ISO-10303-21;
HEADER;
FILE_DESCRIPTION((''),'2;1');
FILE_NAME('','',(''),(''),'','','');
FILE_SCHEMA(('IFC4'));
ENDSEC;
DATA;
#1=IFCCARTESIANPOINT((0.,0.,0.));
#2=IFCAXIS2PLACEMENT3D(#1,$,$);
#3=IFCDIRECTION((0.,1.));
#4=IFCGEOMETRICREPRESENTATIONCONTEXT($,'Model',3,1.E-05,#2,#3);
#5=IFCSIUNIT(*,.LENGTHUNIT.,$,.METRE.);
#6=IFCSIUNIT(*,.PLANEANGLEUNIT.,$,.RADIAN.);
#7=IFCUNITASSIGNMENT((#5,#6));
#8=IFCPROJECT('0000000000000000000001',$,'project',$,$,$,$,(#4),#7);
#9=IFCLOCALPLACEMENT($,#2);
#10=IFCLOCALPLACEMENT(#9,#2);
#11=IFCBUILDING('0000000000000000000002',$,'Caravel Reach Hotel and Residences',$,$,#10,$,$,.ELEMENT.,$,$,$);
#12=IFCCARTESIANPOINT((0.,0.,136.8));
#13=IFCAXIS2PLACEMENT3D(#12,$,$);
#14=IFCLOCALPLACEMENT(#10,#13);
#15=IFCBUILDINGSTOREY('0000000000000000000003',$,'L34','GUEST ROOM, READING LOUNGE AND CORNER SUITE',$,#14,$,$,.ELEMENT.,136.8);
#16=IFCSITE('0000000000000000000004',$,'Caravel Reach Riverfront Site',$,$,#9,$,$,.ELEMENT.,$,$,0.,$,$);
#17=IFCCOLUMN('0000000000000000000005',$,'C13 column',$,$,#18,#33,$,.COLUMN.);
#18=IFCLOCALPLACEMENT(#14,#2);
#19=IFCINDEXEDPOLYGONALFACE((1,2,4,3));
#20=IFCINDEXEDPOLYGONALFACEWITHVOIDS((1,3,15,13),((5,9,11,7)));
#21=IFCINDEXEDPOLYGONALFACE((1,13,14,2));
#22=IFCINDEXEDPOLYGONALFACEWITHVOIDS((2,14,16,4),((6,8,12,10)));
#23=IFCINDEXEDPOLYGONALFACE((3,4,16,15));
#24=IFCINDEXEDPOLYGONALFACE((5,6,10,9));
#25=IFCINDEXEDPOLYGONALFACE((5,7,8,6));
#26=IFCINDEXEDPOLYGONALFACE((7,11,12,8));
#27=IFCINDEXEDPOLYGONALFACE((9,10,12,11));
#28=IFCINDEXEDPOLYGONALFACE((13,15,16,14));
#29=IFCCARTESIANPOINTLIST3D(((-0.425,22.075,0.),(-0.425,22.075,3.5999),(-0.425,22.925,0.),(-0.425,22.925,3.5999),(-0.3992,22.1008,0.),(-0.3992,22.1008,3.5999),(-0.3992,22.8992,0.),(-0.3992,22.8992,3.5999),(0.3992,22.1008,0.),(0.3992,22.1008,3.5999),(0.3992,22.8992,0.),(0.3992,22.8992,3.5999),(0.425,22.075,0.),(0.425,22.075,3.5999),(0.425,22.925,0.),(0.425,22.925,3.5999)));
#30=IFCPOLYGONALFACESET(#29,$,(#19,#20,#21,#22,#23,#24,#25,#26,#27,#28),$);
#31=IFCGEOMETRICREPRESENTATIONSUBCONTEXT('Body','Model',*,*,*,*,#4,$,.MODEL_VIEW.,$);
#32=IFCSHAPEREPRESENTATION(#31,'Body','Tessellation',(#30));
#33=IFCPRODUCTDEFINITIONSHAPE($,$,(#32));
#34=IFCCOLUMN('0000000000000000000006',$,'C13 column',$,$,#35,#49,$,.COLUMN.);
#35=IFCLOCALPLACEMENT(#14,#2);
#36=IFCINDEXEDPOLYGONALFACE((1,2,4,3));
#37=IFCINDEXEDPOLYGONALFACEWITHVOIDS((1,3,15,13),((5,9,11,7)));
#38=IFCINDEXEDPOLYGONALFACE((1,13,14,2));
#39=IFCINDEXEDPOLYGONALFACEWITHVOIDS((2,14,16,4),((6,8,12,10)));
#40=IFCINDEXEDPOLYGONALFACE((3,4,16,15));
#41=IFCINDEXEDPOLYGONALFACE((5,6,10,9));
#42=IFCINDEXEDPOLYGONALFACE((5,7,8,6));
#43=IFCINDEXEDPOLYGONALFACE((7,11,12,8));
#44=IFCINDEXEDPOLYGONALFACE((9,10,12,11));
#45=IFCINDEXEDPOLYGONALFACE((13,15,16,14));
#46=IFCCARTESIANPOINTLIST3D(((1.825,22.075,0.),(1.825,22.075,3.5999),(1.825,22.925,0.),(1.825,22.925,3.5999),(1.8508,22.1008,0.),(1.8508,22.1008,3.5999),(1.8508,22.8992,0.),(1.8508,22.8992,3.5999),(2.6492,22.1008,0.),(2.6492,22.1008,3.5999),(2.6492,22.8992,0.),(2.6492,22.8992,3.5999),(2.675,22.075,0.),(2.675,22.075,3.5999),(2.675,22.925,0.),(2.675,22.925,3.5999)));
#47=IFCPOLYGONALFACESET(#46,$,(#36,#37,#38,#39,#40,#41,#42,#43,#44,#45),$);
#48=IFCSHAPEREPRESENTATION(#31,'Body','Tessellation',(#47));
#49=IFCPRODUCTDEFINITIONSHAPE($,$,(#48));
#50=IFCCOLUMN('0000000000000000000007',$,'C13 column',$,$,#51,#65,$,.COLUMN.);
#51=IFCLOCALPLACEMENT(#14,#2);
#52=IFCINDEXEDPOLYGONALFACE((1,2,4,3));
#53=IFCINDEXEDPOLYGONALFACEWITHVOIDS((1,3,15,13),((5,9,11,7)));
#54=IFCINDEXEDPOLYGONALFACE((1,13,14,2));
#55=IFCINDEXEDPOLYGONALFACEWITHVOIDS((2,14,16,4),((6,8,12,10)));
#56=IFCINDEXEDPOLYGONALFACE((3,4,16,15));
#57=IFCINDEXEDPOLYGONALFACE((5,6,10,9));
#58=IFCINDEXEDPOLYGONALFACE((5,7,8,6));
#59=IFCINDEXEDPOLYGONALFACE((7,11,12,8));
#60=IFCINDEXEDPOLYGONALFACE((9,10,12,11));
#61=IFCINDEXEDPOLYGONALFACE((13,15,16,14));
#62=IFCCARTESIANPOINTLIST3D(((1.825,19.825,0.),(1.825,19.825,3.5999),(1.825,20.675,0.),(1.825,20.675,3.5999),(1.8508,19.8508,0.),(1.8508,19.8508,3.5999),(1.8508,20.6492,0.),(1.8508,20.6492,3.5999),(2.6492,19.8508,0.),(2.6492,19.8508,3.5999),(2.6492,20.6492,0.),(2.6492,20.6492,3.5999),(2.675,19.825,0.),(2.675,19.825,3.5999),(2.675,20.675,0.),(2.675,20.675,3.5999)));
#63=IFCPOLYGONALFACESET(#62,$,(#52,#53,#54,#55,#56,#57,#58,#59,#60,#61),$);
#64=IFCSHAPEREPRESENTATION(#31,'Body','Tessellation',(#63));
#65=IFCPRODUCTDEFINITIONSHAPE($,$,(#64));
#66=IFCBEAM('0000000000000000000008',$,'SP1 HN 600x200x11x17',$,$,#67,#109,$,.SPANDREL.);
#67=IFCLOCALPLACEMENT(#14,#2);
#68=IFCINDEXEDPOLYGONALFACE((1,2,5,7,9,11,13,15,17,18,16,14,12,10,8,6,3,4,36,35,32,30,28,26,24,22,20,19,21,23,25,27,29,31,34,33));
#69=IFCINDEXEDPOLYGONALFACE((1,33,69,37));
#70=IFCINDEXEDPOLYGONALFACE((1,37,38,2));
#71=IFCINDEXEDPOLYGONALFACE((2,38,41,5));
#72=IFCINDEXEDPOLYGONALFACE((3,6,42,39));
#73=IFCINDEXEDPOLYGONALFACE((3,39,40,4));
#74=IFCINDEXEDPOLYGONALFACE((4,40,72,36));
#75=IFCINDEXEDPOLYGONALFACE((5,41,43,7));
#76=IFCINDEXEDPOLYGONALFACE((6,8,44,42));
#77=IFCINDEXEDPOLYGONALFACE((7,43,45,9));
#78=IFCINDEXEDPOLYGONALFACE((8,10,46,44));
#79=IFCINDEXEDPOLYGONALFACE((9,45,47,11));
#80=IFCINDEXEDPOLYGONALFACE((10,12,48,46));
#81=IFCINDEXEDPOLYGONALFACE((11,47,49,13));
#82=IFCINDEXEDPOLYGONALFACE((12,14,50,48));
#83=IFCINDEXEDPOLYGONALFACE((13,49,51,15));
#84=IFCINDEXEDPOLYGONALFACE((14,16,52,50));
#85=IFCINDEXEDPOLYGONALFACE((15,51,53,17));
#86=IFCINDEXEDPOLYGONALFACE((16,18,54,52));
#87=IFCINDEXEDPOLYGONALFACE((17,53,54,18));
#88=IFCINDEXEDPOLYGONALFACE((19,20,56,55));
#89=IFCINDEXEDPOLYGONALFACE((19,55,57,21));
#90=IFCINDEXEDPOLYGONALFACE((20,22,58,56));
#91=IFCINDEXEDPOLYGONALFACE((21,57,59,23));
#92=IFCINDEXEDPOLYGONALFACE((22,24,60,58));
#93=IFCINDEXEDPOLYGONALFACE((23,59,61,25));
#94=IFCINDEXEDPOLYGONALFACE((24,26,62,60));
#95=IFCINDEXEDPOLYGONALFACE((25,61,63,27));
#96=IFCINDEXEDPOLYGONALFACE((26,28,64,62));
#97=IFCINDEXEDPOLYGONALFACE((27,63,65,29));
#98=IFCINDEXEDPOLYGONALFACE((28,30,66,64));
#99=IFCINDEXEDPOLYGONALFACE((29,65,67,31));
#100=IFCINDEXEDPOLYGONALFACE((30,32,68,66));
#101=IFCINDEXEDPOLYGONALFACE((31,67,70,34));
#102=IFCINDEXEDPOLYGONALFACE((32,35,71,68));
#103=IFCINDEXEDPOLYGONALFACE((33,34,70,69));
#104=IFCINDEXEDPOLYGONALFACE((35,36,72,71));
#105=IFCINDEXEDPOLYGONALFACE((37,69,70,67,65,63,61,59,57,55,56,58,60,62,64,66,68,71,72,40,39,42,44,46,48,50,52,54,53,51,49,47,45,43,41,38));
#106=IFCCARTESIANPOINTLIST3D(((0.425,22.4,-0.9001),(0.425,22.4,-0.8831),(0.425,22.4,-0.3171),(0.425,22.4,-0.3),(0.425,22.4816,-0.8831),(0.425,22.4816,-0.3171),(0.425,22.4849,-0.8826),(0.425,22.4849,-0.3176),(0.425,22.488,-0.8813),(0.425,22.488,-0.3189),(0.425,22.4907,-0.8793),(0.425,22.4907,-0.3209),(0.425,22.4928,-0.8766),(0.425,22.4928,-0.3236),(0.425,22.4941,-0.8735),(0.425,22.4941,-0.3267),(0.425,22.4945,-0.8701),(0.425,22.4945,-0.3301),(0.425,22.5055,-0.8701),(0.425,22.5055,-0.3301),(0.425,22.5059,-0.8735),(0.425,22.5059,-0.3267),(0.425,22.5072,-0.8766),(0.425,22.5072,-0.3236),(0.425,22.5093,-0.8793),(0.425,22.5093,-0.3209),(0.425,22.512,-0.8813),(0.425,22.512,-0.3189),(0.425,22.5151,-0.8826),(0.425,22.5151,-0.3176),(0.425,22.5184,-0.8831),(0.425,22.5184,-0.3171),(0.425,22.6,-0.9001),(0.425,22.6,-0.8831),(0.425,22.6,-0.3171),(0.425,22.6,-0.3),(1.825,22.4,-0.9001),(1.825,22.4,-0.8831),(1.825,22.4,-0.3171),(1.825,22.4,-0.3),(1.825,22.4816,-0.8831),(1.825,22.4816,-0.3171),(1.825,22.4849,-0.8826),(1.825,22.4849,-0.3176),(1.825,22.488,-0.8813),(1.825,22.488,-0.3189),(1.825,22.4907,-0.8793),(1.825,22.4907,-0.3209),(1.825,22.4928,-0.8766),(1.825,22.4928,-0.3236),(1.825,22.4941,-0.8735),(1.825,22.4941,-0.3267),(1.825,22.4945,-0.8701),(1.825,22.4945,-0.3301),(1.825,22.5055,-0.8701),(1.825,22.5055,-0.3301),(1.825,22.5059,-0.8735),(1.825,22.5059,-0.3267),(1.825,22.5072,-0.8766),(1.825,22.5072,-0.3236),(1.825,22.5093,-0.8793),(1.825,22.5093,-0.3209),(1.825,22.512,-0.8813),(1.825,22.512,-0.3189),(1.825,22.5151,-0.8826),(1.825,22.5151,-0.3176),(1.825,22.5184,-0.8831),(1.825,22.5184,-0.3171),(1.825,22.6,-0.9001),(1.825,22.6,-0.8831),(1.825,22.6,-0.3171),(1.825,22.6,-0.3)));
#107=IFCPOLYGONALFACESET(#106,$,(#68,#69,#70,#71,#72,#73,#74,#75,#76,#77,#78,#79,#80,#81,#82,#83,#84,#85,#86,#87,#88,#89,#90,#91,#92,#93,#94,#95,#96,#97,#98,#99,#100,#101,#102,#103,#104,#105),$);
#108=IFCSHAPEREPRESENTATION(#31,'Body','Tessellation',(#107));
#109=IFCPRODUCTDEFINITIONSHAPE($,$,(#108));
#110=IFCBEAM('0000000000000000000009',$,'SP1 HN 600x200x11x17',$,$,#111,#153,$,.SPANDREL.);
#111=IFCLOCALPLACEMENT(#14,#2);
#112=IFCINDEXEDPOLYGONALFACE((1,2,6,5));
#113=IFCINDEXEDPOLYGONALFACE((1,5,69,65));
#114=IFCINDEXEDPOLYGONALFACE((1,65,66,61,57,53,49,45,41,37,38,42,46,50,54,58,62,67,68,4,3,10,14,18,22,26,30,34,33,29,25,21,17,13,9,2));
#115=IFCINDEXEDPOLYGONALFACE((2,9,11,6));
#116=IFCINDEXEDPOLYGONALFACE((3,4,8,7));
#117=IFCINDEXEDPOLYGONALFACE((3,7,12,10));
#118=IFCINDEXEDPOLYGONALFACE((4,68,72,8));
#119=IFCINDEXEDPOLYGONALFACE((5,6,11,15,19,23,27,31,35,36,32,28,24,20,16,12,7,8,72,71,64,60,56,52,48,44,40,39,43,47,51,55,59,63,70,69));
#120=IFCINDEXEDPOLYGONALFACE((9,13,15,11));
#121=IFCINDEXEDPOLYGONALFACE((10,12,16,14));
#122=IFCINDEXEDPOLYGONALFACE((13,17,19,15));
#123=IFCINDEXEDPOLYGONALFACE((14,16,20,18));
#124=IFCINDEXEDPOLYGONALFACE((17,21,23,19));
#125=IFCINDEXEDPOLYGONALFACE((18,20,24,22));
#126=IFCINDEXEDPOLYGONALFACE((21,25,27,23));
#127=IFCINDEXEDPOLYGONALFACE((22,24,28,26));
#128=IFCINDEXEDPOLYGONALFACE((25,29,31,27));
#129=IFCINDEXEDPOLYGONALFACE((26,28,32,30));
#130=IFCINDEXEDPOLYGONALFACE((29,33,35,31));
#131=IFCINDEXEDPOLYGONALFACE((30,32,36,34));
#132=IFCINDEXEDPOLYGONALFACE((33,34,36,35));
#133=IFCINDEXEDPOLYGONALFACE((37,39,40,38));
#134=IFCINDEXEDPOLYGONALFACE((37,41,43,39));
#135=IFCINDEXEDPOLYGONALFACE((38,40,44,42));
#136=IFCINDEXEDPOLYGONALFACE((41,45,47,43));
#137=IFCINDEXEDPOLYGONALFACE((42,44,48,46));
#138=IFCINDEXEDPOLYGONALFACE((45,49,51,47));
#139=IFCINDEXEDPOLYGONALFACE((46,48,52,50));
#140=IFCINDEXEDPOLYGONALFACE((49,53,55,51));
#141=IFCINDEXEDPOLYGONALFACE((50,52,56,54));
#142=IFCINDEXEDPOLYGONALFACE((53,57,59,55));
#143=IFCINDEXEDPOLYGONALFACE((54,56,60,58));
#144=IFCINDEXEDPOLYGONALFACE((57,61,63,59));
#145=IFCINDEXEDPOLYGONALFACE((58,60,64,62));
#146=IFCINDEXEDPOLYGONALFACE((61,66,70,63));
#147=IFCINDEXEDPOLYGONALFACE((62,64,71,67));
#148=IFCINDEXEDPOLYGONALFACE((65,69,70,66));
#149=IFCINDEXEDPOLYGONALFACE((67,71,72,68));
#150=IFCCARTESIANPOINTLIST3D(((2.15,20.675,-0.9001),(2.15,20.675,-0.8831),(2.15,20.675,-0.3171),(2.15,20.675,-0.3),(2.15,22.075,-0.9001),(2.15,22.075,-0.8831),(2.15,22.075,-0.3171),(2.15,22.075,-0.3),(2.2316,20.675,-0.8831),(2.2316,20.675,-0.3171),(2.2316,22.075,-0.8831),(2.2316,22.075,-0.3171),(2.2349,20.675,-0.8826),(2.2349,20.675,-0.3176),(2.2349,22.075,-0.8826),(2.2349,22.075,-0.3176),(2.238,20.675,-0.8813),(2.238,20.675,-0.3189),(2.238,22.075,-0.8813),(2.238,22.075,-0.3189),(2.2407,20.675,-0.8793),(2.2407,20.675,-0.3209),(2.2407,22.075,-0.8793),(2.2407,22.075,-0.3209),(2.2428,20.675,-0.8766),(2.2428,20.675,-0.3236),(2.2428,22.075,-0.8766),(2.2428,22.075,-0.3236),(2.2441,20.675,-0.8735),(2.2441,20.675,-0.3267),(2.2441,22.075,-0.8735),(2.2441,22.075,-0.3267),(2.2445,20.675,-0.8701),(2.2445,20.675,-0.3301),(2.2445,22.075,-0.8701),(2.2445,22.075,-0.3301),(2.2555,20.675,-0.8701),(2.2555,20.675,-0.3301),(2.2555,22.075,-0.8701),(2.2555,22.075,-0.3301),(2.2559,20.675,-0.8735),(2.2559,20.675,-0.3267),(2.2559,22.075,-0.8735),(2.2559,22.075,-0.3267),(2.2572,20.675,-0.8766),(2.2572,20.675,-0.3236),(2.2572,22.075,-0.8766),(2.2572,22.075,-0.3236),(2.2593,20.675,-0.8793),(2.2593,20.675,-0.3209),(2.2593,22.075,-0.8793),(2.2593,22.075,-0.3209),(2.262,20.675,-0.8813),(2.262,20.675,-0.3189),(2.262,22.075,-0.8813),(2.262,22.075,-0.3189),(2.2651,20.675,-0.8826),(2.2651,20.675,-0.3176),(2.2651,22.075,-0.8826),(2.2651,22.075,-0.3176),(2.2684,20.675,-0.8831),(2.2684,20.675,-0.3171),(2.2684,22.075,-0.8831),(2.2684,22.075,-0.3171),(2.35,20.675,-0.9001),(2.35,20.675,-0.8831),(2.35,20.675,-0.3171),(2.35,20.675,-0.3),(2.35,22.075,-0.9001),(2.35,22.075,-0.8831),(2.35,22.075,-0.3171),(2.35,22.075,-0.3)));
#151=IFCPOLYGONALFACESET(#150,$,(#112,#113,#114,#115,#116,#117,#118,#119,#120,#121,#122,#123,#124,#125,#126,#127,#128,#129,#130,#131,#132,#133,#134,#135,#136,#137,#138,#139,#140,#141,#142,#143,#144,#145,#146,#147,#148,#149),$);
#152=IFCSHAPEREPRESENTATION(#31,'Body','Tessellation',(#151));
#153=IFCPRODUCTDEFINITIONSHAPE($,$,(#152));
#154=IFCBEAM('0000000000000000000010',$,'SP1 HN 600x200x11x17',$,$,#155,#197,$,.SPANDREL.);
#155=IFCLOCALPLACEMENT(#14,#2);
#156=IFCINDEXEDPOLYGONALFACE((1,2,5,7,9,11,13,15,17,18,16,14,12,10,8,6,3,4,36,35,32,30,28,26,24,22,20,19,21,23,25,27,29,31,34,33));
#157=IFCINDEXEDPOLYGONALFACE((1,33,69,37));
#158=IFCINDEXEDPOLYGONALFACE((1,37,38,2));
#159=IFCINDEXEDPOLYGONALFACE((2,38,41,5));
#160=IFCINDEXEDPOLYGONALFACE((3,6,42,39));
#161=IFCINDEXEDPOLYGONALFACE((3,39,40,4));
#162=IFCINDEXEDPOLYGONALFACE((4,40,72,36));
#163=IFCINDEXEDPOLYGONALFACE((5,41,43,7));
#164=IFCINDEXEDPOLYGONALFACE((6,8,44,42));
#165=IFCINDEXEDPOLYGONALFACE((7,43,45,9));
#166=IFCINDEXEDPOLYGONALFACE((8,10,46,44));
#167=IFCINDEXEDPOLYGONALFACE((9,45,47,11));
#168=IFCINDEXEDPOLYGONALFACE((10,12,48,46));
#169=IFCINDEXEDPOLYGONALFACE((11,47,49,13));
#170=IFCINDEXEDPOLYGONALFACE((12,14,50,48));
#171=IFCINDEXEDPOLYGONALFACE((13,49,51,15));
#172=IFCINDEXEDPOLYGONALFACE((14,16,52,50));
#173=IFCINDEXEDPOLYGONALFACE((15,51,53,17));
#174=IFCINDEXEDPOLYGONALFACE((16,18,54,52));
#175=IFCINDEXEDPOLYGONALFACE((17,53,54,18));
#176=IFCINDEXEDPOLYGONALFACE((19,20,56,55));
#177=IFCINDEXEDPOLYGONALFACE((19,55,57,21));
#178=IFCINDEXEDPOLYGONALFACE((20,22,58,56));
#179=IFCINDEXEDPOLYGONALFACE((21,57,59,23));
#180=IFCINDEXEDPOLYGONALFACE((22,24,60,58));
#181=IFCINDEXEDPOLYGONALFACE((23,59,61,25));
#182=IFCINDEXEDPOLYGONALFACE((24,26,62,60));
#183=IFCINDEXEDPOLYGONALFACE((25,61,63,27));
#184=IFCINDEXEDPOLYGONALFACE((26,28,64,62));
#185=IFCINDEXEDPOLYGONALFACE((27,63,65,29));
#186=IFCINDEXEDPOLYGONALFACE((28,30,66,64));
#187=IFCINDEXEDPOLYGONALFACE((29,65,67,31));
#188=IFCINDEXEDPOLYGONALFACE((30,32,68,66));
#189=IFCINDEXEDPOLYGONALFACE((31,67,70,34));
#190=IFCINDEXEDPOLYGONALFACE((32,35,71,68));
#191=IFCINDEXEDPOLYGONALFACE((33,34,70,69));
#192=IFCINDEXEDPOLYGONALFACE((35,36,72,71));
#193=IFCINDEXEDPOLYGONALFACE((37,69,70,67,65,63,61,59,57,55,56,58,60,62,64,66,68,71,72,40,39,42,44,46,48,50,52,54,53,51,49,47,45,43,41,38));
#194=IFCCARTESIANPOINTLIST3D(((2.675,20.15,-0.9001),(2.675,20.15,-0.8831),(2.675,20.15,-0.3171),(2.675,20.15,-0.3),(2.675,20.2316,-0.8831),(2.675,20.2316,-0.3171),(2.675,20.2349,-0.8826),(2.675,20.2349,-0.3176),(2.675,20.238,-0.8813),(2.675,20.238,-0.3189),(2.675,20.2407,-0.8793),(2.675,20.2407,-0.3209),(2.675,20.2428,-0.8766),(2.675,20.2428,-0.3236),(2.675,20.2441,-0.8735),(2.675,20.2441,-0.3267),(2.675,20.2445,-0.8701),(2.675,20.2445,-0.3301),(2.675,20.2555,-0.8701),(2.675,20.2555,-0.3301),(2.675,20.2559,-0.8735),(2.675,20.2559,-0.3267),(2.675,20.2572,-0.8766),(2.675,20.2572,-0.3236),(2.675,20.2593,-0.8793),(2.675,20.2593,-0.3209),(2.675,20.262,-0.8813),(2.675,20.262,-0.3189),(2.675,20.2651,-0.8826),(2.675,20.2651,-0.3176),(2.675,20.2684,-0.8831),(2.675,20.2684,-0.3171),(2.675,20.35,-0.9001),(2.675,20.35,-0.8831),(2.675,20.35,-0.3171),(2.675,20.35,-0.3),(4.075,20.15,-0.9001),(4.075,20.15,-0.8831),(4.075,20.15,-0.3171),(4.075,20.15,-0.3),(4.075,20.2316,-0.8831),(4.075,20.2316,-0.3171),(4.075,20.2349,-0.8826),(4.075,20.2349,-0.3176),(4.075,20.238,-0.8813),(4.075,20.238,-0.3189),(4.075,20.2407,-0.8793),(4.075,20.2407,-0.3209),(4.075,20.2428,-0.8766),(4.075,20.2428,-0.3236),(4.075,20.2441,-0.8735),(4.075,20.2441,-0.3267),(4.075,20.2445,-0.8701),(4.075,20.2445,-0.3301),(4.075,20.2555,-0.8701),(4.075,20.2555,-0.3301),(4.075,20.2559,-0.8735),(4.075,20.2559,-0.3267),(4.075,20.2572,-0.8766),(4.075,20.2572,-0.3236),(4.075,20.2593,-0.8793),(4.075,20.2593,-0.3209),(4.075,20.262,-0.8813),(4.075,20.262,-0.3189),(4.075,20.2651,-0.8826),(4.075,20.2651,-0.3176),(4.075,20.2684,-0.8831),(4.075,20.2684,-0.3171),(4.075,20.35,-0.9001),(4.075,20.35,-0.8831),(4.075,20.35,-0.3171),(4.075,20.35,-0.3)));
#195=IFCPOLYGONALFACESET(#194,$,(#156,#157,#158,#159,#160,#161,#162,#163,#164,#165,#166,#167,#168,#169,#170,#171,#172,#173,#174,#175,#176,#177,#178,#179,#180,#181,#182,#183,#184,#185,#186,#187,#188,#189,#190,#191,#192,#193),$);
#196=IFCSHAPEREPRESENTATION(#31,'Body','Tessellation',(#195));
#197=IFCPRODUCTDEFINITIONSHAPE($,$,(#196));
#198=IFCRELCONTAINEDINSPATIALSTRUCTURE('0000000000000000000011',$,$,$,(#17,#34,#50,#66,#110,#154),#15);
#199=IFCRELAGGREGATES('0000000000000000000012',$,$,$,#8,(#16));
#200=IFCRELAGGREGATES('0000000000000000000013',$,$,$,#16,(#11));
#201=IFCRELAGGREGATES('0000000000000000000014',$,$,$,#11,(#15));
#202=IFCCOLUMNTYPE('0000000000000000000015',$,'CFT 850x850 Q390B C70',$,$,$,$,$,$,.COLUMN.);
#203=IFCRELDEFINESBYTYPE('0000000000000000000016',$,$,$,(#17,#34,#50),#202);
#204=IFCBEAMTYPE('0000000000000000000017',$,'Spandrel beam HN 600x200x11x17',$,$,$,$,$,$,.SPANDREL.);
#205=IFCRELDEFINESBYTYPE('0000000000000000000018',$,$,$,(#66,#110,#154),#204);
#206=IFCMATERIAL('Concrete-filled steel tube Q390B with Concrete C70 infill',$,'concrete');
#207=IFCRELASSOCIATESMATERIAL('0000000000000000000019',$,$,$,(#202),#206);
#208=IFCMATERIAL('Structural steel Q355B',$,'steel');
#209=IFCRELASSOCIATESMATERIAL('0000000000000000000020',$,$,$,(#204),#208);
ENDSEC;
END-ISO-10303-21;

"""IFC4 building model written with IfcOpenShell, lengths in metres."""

from ifc_helpers import new_model, si_unit, direction, frame, origin, origin_2d, place, context, subcontext, project, spatial, hollow_rectangle, i_section, extrude, material, material_profile, profile_set, type_object, element, save


model = new_model("IFC4")

# Units and contexts
model_context = context("Model", 3, precision=1e-05, world=origin(), true_north=direction((0.0, 1.0)))
body_context = subcontext(model_context, "Body", "Model", "MODEL_VIEW")
ifc_project = project(units=[si_unit("LENGTHUNIT", "METRE"), si_unit("PLANEANGLEUNIT", "RADIAN")], contexts=[model_context])

# Site, building, storey
site_placement = place(None, origin())
site = spatial("IfcSite", under=ifc_project, at=site_placement, Name="Caravel Reach Riverfront Site", CompositionType="ELEMENT", RefElevation=0.0)
building_placement = place(site_placement, origin())
building = spatial("IfcBuilding", under=site, at=building_placement, Name="Caravel Reach Hotel and Residences", CompositionType="ELEMENT")
storey_placement = place(building_placement, frame((0.0, 0.0, 136.8)))
storey = spatial("IfcBuildingStorey", under=building, at=storey_placement, Name="L34", Description="GUEST ROOM, READING LOUNGE AND CORNER SUITE", CompositionType="ELEMENT", Elevation=136.8)

# Columns
ifc_material_1 = material(Name="Concrete-filled steel tube Q390B with Concrete C70 infill", Category="concrete")
ifc_material_profile_1 = material_profile(ifc_material_1, hollow_rectangle(XDim=0.8501, YDim=0.8501, WallThickness=0.0259, at=origin_2d()), Name="RHS 850x850x26")
ifc_profile_set_1 = profile_set([ifc_material_profile_1], Name="Concrete-filled steel tube Q390B with Concrete C70 infill")
column_type = type_object("IfcColumnType", Name="CFT 850x850 Q390B C70", PredefinedType="COLUMN", material=ifc_profile_set_1)
for number, where, z_axis, x_axis, name in (
    (1, (0.0, 22.5, 0.0), (0.0, 0.0, 1.0), (1.0, 0.0, 0.0), "C13 column"),
    (2, (2.25, 22.5, 0.0), (0.0, 0.0, 1.0), (1.0, 0.0, 0.0), "C13 column"),
    (3, (2.25, 20.25, 0.0), (0.0, 0.0, 1.0), (1.0, 0.0, 0.0), "C13 column"),
):
    element("IfcColumn", number, at=place(storey_placement, frame(where, z_axis=z_axis, x_axis=x_axis)), inside=storey, type_object=column_type, Name=name, PredefinedType="COLUMN", context=body_context, shape_type="SweptSolid", body=[
        extrude(hollow_rectangle(XDim=0.8501, YDim=0.8501, WallThickness=0.0259, at=origin_2d()), origin(), (0.0, 0.0, 1.0), 3.5999),
    ])

# Beams
ifc_material_2 = material(Name="Structural steel Q355B", Category="steel")
ifc_material_profile_2 = material_profile(ifc_material_2, i_section(OverallWidth=0.2, OverallDepth=0.6001, WebThickness=0.011, FlangeThickness=0.0171, FilletRadius=0.0129, at=origin_2d()), Name="HN 600x200x11x17")
ifc_profile_set_2 = profile_set([ifc_material_profile_2], Name="Structural steel Q355B")
beam_type = type_object("IfcBeamType", Name="Spandrel beam HN 600x200x11x17", PredefinedType="SPANDREL", material=ifc_profile_set_2)
for number, where, z_axis, x_axis, name in (
    (4, (0.425, 22.5, -0.6001), (1.0, 0.0, 0.0), (0.0, 1.0, 0.0), "SP1 HN 600x200x11x17"),
    (5, (2.25, 22.075, -0.6001), (0.0, -1.0, 0.0), (1.0, 0.0, 0.0), "SP1 HN 600x200x11x17"),
    (6, (2.675, 20.25, -0.6001), (1.0, 0.0, 0.0), (0.0, 1.0, 0.0), "SP1 HN 600x200x11x17"),
):
    element("IfcBeam", number, at=place(storey_placement, frame(where, z_axis=z_axis, x_axis=x_axis)), inside=storey, type_object=beam_type, Name=name, PredefinedType="SPANDREL", context=body_context, shape_type="SweptSolid", body=[
        extrude(i_section(OverallWidth=0.2, OverallDepth=0.6001, WebThickness=0.011, FlangeThickness=0.0171, FilletRadius=0.0129, at=origin_2d()), origin(), (0.0, 0.0, 1.0), 1.3999),
    ])

save(model, "model.ifc")
